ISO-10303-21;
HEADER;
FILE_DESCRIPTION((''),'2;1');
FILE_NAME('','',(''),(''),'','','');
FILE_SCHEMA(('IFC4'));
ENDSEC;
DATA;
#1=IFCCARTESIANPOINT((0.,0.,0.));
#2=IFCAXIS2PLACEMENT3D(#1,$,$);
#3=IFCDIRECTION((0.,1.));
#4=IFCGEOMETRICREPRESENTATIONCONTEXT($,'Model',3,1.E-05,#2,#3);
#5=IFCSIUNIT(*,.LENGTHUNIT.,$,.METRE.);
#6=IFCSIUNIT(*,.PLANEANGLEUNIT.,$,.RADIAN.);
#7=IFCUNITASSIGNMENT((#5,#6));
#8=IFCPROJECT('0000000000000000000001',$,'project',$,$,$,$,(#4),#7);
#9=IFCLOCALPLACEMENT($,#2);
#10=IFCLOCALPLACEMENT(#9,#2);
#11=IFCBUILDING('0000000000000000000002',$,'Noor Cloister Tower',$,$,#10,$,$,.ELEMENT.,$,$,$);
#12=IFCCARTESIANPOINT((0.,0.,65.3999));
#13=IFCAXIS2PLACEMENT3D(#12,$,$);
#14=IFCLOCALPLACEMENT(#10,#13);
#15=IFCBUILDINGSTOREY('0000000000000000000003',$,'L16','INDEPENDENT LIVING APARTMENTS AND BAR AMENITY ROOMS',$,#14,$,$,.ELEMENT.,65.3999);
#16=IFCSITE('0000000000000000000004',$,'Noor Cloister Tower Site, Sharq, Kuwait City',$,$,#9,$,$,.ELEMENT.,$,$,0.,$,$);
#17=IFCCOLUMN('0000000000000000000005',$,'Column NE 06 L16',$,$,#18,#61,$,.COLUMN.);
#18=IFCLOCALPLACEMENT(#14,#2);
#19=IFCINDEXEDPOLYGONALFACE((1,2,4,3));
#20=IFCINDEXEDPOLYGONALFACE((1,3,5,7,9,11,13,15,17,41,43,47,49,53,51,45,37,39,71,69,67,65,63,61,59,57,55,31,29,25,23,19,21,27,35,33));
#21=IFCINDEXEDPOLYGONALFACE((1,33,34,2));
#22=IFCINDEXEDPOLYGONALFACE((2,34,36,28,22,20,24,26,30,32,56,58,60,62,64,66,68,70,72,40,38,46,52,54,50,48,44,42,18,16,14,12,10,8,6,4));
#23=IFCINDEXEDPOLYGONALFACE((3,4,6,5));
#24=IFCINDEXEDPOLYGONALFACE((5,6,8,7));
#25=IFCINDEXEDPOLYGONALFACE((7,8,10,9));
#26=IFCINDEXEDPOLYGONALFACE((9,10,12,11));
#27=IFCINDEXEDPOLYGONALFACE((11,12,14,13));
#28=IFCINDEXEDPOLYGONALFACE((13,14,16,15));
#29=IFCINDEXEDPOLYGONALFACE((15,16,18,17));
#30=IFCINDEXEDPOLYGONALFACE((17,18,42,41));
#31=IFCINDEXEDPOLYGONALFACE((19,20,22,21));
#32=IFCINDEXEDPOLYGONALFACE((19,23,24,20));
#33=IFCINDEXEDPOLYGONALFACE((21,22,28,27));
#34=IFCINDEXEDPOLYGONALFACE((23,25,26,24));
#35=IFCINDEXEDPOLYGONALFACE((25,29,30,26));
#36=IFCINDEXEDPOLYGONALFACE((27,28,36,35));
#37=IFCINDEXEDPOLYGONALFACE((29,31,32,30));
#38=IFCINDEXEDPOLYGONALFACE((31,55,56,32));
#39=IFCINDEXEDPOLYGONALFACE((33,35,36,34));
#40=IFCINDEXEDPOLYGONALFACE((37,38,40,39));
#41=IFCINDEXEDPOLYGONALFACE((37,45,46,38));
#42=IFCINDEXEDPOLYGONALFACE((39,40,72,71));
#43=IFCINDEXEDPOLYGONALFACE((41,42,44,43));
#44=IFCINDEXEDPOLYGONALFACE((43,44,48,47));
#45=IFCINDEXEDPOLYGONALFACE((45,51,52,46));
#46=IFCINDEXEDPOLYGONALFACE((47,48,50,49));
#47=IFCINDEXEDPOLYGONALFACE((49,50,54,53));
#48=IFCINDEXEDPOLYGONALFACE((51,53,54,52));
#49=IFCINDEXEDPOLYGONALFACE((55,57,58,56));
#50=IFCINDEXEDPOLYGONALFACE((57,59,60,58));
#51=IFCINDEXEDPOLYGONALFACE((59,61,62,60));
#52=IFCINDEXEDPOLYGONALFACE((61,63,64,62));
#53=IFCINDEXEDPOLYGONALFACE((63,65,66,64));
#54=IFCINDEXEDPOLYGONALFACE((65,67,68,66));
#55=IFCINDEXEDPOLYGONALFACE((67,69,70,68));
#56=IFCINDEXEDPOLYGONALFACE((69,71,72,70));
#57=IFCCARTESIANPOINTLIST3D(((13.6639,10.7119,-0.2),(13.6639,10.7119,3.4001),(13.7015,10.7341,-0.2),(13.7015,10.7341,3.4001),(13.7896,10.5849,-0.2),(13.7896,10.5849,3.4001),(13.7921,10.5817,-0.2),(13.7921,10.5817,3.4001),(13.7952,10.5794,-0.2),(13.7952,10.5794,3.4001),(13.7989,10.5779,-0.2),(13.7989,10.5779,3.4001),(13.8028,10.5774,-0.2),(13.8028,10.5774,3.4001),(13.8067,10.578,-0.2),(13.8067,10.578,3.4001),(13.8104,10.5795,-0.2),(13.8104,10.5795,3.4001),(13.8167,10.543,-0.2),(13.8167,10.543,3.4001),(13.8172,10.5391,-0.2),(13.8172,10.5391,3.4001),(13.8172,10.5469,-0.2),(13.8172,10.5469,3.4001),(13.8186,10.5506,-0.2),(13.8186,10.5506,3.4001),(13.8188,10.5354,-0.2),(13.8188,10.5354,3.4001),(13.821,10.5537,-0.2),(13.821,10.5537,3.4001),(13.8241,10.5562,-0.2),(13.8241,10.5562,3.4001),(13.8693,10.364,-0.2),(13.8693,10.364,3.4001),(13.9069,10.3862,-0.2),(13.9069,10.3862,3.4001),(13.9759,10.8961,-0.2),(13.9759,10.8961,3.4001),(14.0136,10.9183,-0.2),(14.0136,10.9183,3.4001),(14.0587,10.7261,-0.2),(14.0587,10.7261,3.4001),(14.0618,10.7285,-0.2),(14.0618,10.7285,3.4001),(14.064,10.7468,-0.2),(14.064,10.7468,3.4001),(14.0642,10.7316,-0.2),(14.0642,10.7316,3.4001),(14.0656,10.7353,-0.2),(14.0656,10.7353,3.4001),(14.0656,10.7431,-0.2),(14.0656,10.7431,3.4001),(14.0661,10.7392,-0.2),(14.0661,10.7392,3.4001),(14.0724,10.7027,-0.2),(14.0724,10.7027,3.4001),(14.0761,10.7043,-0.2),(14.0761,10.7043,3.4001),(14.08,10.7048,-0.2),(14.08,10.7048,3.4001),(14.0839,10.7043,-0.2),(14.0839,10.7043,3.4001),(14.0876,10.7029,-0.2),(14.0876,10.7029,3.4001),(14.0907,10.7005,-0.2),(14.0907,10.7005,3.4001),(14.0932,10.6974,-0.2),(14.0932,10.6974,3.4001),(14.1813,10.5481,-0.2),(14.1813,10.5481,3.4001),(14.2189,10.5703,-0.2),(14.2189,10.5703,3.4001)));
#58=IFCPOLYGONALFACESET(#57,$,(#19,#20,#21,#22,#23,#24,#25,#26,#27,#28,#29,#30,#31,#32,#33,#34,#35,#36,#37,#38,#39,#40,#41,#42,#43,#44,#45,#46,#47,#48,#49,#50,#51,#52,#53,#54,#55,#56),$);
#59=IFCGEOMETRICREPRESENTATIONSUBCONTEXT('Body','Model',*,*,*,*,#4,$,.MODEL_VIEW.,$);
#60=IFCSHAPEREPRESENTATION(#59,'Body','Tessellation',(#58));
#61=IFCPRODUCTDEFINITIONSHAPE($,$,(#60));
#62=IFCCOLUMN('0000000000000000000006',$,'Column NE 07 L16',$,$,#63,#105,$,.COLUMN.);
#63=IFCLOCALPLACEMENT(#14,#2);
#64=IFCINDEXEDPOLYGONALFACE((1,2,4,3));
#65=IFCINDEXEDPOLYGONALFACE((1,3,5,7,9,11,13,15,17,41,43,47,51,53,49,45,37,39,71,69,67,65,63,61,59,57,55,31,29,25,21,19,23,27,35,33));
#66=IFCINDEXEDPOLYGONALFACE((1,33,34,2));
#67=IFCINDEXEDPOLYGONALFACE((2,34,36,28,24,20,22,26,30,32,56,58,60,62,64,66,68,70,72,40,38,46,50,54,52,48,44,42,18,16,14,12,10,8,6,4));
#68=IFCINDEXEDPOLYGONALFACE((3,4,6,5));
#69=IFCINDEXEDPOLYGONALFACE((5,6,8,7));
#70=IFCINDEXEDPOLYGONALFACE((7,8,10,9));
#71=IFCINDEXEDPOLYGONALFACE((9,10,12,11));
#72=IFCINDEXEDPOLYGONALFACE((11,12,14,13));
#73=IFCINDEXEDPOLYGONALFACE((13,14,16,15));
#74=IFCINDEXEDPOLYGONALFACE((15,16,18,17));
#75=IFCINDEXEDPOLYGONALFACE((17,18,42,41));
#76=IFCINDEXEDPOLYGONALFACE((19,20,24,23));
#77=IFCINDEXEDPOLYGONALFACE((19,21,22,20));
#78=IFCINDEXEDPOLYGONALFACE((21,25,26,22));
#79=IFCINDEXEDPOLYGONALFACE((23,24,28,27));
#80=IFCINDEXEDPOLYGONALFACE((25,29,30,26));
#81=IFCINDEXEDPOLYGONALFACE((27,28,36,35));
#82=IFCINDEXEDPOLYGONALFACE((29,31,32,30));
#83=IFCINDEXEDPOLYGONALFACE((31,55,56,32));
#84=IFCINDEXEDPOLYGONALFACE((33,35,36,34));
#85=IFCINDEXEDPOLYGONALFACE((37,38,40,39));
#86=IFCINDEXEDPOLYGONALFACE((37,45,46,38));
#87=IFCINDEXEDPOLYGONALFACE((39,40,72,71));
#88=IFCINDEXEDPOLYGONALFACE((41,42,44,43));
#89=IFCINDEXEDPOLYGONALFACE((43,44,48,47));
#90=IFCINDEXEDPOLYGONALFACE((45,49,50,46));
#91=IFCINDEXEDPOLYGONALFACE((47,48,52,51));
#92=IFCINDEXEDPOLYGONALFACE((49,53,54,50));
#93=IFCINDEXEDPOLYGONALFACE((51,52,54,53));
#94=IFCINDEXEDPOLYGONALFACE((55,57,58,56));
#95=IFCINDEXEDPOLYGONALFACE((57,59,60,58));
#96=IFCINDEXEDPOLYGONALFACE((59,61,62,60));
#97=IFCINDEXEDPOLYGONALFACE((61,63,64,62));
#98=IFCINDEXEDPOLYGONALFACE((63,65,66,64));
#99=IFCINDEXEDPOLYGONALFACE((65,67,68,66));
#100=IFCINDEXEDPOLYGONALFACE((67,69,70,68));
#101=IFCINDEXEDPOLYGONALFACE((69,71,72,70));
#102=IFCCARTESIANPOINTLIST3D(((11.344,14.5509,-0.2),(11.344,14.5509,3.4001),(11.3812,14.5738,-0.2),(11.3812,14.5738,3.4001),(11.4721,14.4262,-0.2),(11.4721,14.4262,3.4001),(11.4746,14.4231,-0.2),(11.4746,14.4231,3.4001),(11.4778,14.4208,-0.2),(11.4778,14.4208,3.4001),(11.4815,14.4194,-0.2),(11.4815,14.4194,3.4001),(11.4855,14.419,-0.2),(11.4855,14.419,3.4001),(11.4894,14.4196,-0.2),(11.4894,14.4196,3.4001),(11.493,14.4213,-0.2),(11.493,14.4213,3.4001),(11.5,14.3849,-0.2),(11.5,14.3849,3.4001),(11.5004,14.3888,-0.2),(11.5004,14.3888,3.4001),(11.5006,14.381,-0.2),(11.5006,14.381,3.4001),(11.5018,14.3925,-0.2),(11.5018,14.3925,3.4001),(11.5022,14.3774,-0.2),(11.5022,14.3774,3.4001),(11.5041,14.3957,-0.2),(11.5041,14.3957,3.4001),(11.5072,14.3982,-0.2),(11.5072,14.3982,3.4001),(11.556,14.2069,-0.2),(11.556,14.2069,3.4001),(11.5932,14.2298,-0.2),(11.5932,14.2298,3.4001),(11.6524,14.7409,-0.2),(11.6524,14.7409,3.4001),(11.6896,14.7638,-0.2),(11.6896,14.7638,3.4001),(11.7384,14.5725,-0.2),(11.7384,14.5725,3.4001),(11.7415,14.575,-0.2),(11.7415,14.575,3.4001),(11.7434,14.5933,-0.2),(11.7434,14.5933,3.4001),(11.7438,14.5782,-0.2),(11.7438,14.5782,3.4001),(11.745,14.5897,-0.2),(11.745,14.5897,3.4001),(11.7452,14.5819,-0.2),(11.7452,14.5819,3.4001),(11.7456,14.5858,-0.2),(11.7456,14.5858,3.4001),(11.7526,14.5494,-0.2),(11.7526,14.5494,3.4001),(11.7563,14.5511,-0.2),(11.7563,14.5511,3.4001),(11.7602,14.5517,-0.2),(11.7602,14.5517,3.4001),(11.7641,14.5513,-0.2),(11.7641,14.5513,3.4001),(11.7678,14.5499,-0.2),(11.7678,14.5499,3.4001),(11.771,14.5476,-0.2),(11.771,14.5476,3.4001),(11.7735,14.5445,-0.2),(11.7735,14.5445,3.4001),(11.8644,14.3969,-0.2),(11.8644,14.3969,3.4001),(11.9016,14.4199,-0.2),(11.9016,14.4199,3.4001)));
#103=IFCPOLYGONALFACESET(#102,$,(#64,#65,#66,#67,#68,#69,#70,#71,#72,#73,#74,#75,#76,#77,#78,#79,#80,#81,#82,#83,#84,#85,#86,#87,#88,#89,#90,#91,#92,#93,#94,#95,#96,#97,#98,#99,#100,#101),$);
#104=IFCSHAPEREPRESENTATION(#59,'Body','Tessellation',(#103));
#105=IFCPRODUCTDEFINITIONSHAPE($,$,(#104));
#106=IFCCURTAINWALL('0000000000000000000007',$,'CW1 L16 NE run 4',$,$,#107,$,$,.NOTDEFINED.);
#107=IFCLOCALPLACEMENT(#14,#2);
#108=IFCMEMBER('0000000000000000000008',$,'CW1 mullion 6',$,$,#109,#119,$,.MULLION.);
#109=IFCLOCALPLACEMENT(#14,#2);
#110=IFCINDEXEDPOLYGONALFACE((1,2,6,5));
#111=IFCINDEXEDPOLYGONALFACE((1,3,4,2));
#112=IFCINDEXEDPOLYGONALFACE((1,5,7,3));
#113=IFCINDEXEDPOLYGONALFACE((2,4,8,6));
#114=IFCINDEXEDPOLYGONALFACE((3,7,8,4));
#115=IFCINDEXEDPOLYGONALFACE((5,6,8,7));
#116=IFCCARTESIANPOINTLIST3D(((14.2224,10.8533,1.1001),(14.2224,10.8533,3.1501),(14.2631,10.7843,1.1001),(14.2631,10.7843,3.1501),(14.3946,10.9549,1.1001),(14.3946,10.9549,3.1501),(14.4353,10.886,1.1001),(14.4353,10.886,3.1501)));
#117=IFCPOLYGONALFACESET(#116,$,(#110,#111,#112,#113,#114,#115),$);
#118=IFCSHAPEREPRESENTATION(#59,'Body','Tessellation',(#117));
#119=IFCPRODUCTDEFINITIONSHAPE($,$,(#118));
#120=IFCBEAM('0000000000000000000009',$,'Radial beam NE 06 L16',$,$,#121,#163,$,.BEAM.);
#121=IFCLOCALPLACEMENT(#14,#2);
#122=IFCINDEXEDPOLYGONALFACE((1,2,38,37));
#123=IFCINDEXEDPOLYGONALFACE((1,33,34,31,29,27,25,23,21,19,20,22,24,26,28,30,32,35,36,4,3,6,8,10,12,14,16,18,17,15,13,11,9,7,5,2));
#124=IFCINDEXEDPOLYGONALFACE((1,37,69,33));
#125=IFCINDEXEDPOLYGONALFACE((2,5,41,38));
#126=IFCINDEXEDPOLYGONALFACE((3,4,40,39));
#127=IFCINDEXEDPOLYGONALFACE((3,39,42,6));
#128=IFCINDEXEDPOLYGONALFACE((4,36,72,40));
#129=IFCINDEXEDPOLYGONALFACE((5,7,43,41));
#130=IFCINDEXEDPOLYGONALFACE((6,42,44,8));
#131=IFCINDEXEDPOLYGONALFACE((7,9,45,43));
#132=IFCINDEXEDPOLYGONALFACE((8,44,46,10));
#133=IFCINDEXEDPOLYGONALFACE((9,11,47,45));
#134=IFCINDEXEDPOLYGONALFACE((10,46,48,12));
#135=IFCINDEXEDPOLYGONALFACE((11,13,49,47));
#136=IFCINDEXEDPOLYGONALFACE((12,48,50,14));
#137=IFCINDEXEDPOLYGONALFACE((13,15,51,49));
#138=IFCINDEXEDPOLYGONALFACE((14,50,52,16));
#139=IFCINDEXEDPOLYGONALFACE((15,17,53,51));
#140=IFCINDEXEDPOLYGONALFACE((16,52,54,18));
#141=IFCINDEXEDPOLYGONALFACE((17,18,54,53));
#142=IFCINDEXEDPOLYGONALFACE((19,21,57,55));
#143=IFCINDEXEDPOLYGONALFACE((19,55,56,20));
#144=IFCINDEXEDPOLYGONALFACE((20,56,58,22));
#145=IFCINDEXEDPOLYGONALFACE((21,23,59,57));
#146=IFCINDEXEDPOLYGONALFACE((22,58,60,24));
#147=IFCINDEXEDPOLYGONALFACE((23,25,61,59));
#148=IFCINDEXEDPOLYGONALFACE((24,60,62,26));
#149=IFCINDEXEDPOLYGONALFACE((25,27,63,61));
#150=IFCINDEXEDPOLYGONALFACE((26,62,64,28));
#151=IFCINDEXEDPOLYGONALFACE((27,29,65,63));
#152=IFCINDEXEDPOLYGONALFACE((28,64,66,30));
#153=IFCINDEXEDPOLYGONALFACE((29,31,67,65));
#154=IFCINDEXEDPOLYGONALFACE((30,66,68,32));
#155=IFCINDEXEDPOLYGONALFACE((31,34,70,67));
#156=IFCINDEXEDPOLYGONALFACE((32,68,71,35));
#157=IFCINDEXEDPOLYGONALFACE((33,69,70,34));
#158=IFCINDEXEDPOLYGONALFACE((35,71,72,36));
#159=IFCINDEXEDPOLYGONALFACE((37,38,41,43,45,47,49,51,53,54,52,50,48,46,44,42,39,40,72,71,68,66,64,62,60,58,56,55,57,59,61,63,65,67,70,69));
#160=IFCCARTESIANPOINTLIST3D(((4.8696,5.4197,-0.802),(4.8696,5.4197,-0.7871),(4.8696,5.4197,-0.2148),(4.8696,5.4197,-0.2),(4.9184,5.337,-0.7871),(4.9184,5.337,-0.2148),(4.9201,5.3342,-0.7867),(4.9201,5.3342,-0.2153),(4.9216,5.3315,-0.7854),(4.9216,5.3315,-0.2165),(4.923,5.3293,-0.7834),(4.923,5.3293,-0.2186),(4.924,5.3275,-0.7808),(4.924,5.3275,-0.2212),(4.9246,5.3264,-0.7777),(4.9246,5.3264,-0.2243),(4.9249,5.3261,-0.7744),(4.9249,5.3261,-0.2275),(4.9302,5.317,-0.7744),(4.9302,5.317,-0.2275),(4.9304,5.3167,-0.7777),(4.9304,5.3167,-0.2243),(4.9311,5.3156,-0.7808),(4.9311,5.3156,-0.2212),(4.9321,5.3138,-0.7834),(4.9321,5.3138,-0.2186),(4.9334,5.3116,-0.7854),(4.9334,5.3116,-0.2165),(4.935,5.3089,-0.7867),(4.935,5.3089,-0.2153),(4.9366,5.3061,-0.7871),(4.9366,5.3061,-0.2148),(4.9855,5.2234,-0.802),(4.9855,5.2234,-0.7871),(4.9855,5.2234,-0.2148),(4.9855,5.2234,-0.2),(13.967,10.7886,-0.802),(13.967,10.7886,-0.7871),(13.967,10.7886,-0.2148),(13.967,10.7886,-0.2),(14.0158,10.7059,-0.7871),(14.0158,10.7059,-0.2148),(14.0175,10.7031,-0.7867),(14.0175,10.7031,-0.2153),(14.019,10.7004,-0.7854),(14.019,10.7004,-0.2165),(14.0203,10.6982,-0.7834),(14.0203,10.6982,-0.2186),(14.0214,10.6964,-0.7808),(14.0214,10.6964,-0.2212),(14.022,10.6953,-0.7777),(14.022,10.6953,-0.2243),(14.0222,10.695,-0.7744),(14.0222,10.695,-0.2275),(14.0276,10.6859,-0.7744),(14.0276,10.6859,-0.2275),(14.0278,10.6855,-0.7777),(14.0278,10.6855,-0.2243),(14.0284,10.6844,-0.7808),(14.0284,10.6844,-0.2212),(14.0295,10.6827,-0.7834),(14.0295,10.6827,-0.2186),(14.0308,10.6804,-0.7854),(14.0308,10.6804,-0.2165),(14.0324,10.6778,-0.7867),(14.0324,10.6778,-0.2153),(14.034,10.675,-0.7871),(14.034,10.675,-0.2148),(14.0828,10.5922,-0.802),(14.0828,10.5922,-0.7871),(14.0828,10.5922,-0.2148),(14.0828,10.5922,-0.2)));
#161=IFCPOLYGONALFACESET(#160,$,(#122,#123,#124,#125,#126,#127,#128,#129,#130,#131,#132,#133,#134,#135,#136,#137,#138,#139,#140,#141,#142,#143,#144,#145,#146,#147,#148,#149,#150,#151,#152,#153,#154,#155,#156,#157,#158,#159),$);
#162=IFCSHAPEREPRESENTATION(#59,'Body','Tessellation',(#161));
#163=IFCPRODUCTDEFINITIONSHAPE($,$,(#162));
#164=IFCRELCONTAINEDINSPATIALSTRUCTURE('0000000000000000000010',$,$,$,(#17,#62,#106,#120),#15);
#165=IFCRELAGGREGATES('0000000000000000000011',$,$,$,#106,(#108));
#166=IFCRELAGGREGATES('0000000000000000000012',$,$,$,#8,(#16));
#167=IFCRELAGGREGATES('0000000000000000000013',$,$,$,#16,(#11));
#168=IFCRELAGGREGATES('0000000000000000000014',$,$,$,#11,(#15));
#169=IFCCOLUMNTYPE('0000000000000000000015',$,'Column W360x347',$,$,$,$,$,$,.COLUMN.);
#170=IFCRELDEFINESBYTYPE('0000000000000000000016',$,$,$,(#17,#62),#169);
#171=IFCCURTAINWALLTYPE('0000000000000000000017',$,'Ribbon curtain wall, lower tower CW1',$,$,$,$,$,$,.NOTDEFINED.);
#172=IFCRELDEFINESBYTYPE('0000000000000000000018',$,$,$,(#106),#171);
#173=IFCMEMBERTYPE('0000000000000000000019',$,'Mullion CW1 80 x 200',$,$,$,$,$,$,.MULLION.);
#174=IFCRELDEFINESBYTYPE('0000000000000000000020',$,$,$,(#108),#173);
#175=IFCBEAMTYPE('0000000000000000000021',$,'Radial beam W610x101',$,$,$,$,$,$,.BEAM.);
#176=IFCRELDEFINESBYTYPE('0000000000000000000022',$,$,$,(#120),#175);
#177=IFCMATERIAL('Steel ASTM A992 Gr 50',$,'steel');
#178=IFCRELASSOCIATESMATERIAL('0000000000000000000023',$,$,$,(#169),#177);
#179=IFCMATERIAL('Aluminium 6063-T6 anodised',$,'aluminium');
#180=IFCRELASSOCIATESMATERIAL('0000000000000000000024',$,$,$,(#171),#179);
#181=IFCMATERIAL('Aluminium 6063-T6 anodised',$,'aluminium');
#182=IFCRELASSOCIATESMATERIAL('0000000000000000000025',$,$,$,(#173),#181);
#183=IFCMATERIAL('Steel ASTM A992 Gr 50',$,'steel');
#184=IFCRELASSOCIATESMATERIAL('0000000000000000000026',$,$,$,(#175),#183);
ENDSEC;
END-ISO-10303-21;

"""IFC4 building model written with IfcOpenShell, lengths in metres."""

from ifc_helpers import new_model, si_unit, direction, frame, origin, origin_2d, place, context, subcontext, project, spatial, rectangle, i_section, extrude, material, material_profile, profile_set, type_object, element, aggregate, save


model = new_model("IFC4")

# Units and contexts
model_context = context("Model", 3, precision=1e-05, world=origin(), true_north=direction((0.0, 1.0)))
body_context = subcontext(model_context, "Body", "Model", "MODEL_VIEW")
ifc_project = project(units=[si_unit("LENGTHUNIT", "METRE"), si_unit("PLANEANGLEUNIT", "RADIAN")], contexts=[model_context])

# Site, building, storey
site_placement = place(None, origin())
site = spatial("IfcSite", under=ifc_project, at=site_placement, Name="Noor Cloister Tower Site, Sharq, Kuwait City", CompositionType="ELEMENT", RefElevation=0.0)
building_placement = place(site_placement, origin())
building = spatial("IfcBuilding", under=site, at=building_placement, Name="Noor Cloister Tower", CompositionType="ELEMENT")
storey_placement = place(building_placement, frame((0.0, 0.0, 65.3999)))
storey = spatial("IfcBuildingStorey", under=building, at=storey_placement, Name="L16", Description="INDEPENDENT LIVING APARTMENTS AND BAR AMENITY ROOMS", CompositionType="ELEMENT", Elevation=65.3999)

# Columns
ifc_material_1 = material(Name="Steel ASTM A992 Gr 50", Category="steel")
ifc_material_profile_1 = material_profile(ifc_material_1, i_section(OverallWidth=0.4041, OverallDepth=0.406, WebThickness=0.0271, FlangeThickness=0.0437, FilletRadius=0.0151, at=origin_2d()), Name="W360x347")
ifc_profile_set_1 = profile_set([ifc_material_profile_1], Name="Steel ASTM A992 Gr 50")
column_type = type_object("IfcColumnType", Name="Column W360x347", PredefinedType="COLUMN", material=ifc_profile_set_1)
for number, where, z_axis, x_axis, name in (
    (1, (13.9414, 10.6411, -0.2), (0.0, 0.0, 1.0), (-0.508246, 0.861212, 0.0), "Column NE 06 L16"),
    (2, (11.6228, 14.4854, -0.2), (0.0, 0.0, 1.0), (-0.524598, 0.85135, 0.0), "Column NE 07 L16"),
):
    element("IfcColumn", number, at=place(storey_placement, frame(where, z_axis=z_axis, x_axis=x_axis)), inside=storey, type_object=column_type, Name=name, PredefinedType="COLUMN", context=body_context, shape_type="SweptSolid", body=[
        extrude(i_section(OverallWidth=0.4041, OverallDepth=0.406, WebThickness=0.0271, FlangeThickness=0.0437, FilletRadius=0.0151, at=origin_2d()), origin(), (0.0, 0.0, 1.0), 3.6001),
    ])

# Curtain wall, member
ifc_material_2 = material(Name="Aluminium 6063-T6 anodised", Category="aluminium")
curtain_wall_type = type_object("IfcCurtainWallType", Name="Ribbon curtain wall, lower tower CW1", PredefinedType="NOTDEFINED", material=ifc_material_2)
curtain_wall_placement = place(storey_placement, origin())
curtain_wall = element("IfcCurtainWall", 3, at=curtain_wall_placement, inside=storey, type_object=curtain_wall_type, Name="CW1 L16 NE run 4", PredefinedType="NOTDEFINED")
ifc_material_3 = material(Name="Aluminium 6063-T6 anodised", Category="aluminium")
ifc_material_profile_2 = material_profile(ifc_material_3, rectangle(XDim=0.2, YDim=0.0801, at=origin_2d()), Name="200 x 80 mullion")
ifc_profile_set_2 = profile_set([ifc_material_profile_2], Name="Aluminium 6063-T6 anodised")
member_type = type_object("IfcMemberType", Name="Mullion CW1 80 x 200", PredefinedType="MULLION", material=ifc_profile_set_2)
member_placement = place(storey_placement, frame((14.3289, 10.8696, 1.1001), z_axis=(0.0, 0.0, 1.0), x_axis=(-0.861212, -0.508246, 0.0)))
member = element("IfcMember", 4, at=member_placement, type_object=member_type, Name="CW1 mullion 6", PredefinedType="MULLION", context=body_context, shape_type="SweptSolid", body=[
    extrude(rectangle(XDim=0.2, YDim=0.0801, at=origin_2d()), origin(), (0.0, 0.0, 1.0), 2.05),
])

# Beam
ifc_material_4 = material(Name="Steel ASTM A992 Gr 50", Category="steel")
ifc_material_profile_3 = material_profile(ifc_material_4, i_section(OverallWidth=0.228, OverallDepth=0.6021, WebThickness=0.0105, FlangeThickness=0.0149, FilletRadius=0.0127, at=origin_2d()), Name="W610x101")
ifc_profile_set_3 = profile_set([ifc_material_profile_3], Name="Steel ASTM A992 Gr 50")
beam_type_1 = type_object("IfcBeamType", Name="Radial beam W610x101", PredefinedType="BEAM", material=ifc_profile_set_3)
beam_1_placement = place(storey_placement, frame((14.0249, 10.6904, -0.501), z_axis=(-0.86121, -0.508249, 0.0), x_axis=(0.508249, -0.86121, 0.0)))
element("IfcBeam", 5, at=beam_1_placement, inside=storey, type_object=beam_type_1, Name="Radial beam NE 06 L16", PredefinedType="BEAM", context=body_context, shape_type="SweptSolid", body=[
    extrude(i_section(OverallWidth=0.228, OverallDepth=0.6021, WebThickness=0.0105, FlangeThickness=0.0149, FilletRadius=0.0127, at=origin_2d()), origin(), (0.0, 0.0, 1.0), 10.5635),
])

aggregate(curtain_wall, [member])

save(model, "model.ifc")
